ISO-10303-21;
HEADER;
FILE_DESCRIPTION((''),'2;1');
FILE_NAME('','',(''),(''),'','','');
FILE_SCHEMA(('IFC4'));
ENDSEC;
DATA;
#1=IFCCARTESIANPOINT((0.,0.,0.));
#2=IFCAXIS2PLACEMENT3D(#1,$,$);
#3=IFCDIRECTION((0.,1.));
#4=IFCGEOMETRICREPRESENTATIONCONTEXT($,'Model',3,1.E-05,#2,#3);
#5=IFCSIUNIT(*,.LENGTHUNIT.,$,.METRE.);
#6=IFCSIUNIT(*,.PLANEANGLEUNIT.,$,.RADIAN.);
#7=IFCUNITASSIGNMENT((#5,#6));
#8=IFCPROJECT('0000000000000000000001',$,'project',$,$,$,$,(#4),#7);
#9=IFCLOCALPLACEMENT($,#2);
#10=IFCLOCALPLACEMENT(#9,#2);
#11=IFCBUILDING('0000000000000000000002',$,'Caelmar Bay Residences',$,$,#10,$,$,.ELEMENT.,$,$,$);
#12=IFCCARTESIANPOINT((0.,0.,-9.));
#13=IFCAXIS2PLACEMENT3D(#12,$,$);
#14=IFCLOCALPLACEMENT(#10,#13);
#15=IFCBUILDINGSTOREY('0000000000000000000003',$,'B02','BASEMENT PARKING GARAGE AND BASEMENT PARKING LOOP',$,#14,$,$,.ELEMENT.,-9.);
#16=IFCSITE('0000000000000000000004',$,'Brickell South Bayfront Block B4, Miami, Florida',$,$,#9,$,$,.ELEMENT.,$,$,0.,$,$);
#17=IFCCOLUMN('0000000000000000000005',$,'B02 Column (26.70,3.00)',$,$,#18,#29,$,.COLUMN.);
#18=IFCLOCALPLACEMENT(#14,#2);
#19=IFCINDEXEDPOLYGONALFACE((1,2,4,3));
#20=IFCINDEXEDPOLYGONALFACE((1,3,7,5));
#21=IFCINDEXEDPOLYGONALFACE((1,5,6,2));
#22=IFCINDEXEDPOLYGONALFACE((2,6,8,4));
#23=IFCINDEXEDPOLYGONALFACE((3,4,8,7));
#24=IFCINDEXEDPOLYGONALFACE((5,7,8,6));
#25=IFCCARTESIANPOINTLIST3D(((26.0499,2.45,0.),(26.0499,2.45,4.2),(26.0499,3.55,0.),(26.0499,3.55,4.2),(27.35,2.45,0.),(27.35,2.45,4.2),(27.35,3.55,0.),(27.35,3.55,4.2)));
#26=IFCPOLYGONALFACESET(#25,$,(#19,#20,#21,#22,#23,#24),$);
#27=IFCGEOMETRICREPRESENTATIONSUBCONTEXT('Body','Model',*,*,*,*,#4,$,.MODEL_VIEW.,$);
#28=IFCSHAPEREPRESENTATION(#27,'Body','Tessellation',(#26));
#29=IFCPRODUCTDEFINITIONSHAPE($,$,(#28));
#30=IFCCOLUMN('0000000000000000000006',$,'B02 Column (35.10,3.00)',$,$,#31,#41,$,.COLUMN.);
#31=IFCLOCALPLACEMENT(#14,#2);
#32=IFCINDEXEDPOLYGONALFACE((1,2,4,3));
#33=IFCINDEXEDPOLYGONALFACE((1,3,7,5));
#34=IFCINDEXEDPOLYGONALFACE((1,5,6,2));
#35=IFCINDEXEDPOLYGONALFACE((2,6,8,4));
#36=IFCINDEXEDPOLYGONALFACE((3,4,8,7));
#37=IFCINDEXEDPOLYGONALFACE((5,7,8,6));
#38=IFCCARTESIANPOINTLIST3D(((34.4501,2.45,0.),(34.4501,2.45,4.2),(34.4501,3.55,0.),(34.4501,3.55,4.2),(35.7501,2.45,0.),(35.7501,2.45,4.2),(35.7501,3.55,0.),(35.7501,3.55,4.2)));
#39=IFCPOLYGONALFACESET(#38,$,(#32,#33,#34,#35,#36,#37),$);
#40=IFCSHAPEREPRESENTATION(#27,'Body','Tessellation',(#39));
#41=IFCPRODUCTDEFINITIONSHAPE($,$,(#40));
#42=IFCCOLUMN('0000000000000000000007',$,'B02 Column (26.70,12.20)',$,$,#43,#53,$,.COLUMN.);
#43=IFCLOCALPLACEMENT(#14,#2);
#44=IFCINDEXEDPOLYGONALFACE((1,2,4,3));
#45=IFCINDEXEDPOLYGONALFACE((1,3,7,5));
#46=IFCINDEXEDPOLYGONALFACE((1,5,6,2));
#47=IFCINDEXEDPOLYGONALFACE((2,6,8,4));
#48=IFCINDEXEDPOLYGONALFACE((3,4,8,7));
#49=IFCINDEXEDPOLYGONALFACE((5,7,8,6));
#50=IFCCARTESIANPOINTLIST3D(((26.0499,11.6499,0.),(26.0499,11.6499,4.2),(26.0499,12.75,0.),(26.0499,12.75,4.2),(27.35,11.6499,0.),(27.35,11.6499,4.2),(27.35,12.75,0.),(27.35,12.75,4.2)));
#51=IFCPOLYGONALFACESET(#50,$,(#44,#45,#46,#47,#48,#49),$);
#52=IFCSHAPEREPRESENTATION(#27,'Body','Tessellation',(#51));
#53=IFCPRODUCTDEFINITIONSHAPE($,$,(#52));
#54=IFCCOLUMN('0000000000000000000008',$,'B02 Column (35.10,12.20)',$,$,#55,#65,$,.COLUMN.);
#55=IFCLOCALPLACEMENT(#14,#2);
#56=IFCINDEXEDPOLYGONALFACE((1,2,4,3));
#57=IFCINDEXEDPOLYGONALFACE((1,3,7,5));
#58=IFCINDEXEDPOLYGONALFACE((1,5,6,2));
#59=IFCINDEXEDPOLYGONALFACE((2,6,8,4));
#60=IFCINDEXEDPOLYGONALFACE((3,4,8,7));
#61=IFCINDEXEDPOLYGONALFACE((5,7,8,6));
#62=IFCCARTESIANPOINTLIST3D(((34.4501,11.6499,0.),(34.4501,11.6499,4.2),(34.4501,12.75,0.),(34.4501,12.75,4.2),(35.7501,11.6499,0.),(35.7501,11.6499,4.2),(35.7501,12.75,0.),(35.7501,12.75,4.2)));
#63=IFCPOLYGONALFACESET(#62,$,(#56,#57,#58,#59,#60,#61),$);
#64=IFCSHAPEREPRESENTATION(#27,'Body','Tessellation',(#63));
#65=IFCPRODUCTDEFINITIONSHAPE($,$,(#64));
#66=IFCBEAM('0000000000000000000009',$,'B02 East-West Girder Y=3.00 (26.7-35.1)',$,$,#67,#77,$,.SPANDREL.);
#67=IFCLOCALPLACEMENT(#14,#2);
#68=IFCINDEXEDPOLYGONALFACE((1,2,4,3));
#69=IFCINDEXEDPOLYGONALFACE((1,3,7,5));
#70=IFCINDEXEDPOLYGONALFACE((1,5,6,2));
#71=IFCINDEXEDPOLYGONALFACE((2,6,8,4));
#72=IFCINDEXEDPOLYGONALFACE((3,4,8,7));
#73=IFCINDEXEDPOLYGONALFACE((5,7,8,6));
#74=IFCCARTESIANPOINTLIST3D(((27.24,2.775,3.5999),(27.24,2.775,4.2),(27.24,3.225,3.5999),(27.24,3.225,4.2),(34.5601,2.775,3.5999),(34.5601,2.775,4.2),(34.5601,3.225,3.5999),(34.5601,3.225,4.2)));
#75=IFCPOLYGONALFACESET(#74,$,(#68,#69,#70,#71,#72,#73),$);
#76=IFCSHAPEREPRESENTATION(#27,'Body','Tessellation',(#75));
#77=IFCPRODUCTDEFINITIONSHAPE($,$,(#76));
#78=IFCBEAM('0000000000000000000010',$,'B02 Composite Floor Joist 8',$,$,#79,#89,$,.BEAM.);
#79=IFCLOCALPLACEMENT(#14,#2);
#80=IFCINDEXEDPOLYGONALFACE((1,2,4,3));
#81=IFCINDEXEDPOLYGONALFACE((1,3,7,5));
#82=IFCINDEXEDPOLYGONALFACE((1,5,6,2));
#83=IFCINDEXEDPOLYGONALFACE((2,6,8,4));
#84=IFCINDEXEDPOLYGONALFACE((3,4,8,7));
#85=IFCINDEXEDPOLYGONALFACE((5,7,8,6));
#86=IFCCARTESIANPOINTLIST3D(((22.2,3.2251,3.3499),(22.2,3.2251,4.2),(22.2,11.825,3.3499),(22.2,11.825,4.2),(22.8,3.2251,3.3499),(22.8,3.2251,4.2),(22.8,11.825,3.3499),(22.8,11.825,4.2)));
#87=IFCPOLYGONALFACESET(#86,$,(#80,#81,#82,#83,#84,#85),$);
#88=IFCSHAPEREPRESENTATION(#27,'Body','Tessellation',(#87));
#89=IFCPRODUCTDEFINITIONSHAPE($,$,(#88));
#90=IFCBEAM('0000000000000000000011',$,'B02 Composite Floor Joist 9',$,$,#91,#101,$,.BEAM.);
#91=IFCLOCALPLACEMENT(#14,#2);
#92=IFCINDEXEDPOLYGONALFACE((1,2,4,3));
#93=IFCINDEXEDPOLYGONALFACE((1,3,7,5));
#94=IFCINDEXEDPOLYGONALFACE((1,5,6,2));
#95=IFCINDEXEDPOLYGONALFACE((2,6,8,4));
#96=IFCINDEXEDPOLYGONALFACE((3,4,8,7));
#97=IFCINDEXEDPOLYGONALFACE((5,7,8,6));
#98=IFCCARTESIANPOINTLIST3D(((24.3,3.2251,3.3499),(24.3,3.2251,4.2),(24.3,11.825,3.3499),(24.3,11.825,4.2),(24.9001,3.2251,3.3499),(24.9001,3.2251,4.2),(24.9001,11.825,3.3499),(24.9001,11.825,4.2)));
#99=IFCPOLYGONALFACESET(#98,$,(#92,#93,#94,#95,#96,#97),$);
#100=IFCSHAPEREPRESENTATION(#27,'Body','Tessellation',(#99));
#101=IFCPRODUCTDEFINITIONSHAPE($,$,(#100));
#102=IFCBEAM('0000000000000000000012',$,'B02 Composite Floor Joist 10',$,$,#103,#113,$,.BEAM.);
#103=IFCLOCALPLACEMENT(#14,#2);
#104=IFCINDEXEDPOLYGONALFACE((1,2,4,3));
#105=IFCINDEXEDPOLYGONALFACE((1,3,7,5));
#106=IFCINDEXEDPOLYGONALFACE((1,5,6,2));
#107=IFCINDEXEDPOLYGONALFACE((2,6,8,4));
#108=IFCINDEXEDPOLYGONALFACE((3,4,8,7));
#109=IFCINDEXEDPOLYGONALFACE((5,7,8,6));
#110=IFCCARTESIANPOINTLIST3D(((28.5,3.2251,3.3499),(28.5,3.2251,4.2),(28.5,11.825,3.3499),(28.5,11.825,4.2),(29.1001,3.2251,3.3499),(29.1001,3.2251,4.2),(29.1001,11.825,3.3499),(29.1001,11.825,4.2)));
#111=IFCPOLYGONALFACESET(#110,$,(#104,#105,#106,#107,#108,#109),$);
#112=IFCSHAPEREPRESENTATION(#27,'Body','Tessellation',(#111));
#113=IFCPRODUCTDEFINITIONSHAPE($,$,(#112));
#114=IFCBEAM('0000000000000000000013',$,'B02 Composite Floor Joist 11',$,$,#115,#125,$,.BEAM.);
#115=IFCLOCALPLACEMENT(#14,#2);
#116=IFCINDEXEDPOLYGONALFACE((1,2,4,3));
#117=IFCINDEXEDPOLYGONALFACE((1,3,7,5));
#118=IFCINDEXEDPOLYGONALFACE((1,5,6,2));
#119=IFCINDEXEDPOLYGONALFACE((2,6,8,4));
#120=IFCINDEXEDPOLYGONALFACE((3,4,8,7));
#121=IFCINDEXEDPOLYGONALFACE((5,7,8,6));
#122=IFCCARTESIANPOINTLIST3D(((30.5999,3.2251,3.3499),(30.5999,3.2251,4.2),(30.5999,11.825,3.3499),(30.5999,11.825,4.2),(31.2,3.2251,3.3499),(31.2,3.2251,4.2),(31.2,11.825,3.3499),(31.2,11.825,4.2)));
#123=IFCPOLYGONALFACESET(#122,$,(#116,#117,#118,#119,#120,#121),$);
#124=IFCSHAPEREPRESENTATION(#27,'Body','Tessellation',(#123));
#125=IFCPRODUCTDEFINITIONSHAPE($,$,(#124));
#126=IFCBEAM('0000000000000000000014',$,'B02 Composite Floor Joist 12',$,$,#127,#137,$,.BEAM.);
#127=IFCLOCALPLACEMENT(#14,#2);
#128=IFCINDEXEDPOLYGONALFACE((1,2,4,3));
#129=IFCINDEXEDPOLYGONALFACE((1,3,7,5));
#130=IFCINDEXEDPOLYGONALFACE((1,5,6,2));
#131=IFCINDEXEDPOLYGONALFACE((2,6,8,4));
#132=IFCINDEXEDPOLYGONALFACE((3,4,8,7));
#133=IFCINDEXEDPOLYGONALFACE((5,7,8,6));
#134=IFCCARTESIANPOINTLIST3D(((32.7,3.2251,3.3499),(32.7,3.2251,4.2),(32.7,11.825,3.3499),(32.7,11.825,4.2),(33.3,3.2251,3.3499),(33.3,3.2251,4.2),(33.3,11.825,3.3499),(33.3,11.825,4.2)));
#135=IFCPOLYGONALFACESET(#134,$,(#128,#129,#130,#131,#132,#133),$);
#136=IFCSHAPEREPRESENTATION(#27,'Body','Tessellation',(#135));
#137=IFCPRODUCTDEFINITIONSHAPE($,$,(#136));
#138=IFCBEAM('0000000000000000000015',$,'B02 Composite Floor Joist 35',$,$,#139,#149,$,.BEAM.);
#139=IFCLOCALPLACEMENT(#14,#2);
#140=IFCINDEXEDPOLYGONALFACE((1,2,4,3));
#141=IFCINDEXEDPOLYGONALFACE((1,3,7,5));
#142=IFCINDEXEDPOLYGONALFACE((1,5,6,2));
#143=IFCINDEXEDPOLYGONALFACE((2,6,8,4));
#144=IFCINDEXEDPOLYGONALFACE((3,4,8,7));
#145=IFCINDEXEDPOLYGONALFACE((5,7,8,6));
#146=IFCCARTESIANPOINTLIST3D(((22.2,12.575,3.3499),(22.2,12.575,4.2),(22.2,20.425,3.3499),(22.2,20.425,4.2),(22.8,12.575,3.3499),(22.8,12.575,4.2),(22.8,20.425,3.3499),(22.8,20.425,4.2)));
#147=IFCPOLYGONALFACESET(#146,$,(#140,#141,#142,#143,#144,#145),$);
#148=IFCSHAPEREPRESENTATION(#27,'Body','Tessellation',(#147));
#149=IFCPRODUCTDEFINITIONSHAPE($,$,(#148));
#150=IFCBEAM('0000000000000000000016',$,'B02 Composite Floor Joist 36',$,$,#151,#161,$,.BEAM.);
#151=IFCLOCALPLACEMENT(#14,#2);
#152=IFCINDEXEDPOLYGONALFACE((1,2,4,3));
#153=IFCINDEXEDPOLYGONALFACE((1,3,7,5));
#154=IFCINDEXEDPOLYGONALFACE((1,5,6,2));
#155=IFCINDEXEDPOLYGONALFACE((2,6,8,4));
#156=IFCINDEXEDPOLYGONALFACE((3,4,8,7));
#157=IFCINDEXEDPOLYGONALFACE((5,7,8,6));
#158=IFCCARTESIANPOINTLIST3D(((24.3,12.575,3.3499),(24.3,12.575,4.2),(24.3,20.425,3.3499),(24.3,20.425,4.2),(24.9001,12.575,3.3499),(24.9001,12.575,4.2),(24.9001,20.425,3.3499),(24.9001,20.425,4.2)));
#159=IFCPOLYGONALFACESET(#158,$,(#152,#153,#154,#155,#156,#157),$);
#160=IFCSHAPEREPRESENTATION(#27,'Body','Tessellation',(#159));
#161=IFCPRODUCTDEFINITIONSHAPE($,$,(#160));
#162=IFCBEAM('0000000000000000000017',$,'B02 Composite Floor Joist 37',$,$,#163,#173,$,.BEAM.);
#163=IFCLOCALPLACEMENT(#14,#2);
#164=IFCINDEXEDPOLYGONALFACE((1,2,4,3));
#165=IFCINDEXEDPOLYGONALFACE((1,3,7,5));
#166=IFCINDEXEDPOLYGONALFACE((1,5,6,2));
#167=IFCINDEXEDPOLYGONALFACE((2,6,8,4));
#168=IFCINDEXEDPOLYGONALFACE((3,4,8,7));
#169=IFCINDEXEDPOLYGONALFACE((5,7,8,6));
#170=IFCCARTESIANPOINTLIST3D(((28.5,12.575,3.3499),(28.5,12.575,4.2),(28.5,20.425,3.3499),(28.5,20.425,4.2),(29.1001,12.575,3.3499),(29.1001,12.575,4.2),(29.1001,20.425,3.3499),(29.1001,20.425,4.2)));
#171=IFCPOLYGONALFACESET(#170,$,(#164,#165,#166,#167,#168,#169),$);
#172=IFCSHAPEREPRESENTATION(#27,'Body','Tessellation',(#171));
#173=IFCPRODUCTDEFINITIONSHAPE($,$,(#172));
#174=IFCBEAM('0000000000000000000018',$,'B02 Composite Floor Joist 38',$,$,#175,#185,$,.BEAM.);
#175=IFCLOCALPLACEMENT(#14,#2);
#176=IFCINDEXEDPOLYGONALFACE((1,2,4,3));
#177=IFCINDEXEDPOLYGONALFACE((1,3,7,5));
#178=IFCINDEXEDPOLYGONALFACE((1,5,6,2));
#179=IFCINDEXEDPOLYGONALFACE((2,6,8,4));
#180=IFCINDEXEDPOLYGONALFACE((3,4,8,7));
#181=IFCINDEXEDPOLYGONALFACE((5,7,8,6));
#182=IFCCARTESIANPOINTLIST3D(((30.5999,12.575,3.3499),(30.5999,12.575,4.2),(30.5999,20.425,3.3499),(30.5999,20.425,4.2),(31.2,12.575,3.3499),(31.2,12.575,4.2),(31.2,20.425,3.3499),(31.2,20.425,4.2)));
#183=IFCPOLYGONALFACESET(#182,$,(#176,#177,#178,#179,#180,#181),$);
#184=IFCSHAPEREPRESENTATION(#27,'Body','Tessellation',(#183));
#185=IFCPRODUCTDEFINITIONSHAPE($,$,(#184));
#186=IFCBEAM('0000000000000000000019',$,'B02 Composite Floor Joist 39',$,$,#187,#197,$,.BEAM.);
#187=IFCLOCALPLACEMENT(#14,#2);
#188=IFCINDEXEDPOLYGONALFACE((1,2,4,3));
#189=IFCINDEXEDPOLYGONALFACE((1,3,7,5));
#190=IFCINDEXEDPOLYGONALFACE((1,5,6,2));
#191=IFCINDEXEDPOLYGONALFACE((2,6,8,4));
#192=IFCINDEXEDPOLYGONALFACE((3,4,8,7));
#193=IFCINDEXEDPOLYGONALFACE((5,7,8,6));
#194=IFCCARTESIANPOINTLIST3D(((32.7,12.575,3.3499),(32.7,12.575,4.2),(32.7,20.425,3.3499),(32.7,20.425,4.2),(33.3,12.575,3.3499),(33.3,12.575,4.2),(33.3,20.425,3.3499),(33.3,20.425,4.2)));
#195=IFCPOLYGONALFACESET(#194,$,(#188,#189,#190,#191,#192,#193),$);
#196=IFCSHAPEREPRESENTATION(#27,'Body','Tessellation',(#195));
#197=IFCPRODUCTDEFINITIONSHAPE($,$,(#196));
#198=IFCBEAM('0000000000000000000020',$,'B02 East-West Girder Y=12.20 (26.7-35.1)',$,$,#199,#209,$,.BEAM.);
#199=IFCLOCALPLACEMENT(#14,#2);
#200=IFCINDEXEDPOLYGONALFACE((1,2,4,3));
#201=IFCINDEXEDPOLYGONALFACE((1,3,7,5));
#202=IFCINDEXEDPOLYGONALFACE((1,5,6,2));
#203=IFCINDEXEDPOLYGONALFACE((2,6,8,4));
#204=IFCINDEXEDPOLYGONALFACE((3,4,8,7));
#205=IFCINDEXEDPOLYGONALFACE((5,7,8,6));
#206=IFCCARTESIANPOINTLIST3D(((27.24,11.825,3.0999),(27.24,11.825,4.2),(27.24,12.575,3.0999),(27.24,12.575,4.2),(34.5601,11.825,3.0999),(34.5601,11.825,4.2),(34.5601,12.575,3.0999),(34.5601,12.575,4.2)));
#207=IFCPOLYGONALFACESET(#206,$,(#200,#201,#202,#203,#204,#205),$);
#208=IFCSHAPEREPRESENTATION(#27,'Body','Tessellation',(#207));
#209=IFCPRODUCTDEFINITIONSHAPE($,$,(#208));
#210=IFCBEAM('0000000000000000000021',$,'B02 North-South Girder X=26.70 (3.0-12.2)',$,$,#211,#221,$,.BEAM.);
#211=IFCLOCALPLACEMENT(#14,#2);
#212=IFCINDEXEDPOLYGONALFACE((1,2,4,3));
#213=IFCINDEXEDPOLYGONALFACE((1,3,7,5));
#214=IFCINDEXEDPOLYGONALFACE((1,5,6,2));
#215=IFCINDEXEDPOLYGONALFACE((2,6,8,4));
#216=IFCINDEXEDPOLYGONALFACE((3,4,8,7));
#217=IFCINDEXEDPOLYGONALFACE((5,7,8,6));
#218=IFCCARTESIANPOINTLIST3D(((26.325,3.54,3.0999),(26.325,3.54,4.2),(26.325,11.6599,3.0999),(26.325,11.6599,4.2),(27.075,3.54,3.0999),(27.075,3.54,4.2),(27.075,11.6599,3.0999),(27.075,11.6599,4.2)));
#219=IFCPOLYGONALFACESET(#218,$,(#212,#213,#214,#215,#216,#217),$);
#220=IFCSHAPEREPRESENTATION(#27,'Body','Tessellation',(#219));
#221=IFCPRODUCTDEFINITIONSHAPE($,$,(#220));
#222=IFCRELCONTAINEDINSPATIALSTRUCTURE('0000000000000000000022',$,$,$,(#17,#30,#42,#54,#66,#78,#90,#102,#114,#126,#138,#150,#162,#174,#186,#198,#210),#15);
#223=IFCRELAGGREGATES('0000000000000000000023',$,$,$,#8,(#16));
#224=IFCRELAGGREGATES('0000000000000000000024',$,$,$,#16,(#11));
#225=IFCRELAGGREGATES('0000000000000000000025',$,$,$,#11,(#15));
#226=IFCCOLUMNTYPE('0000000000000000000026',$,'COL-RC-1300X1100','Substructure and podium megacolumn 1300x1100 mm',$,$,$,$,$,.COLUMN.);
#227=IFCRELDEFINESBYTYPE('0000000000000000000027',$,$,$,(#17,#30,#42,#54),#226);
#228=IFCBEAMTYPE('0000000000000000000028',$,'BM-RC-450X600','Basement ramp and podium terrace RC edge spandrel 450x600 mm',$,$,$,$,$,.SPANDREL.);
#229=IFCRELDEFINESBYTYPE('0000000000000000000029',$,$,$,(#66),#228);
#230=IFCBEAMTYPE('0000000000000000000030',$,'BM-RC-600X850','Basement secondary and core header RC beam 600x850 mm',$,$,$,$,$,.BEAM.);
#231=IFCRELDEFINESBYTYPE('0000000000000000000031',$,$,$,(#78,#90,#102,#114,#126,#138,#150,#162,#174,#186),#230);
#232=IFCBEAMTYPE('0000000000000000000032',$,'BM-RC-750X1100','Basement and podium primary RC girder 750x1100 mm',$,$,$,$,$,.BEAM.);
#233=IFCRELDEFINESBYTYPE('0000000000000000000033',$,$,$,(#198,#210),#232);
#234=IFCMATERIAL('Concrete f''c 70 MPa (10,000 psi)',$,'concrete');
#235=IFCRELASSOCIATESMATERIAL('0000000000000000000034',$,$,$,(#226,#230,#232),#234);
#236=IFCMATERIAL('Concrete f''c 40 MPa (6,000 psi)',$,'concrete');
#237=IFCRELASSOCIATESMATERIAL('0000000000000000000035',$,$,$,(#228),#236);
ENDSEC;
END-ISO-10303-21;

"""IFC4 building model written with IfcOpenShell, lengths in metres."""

from ifc_helpers import new_model, si_unit, direction, frame, origin, origin_2d, place, context, subcontext, project, spatial, rectangle, extrude, material, material_profile, profile_set, type_object, element, save


model = new_model("IFC4")

# Units and contexts
model_context = context("Model", 3, precision=1e-05, world=origin(), true_north=direction((0.0, 1.0)))
body_context = subcontext(model_context, "Body", "Model", "MODEL_VIEW")
ifc_project = project(units=[si_unit("LENGTHUNIT", "METRE"), si_unit("PLANEANGLEUNIT", "RADIAN")], contexts=[model_context])

# Site, building, storey
site_placement = place(None, origin())
site = spatial("IfcSite", under=ifc_project, at=site_placement, Name="Brickell South Bayfront Block B4, Miami, Florida", CompositionType="ELEMENT", RefElevation=0.0)
building_placement = place(site_placement, origin())
building = spatial("IfcBuilding", under=site, at=building_placement, Name="Caelmar Bay Residences", CompositionType="ELEMENT")
storey_placement = place(building_placement, frame((0.0, 0.0, -9.0)))
storey = spatial("IfcBuildingStorey", under=building, at=storey_placement, Name="B02", Description="BASEMENT PARKING GARAGE AND BASEMENT PARKING LOOP", CompositionType="ELEMENT", Elevation=-9.0)

# Columns
ifc_material_1 = material(Name="Concrete f'c 70 MPa (10,000 psi)", Category="concrete")
ifc_material_profile_1 = material_profile(ifc_material_1, rectangle(XDim=1.3, YDim=1.1001, at=origin_2d()), Name="RC-COL-1300X1100")
ifc_profile_set_1 = profile_set([ifc_material_profile_1], Name="Concrete f'c 70 MPa (10,000 psi)")
column_type = type_object("IfcColumnType", Name="COL-RC-1300X1100", Description="Substructure and podium megacolumn 1300x1100 mm", PredefinedType="COLUMN", material=ifc_profile_set_1)
for number, where, z_axis, x_axis, name in (
    (1, (26.7, 3.0, 0.0), (0.0, 0.0, 1.0), (1.0, 0.0, 0.0), "B02 Column (26.70,3.00)"),
    (2, (35.1001, 3.0, 0.0), (0.0, 0.0, 1.0), (1.0, 0.0, 0.0), "B02 Column (35.10,3.00)"),
    (3, (26.7, 12.2, 0.0), (0.0, 0.0, 1.0), (1.0, 0.0, 0.0), "B02 Column (26.70,12.20)"),
    (4, (35.1001, 12.2, 0.0), (0.0, 0.0, 1.0), (1.0, 0.0, 0.0), "B02 Column (35.10,12.20)"),
):
    element("IfcColumn", number, at=place(storey_placement, frame(where, z_axis=z_axis, x_axis=x_axis)), inside=storey, type_object=column_type, Name=name, PredefinedType="COLUMN", context=body_context, shape_type="SweptSolid", body=[
        extrude(rectangle(XDim=1.3, YDim=1.1001, at=origin_2d()), origin(), (0.0, 0.0, 1.0), 4.2),
    ])

# Beams
ifc_material_2 = material(Name="Concrete f'c 40 MPa (6,000 psi)", Category="concrete")
ifc_material_profile_2 = material_profile(ifc_material_2, rectangle(XDim=0.45, YDim=0.6001, at=origin_2d()), Name="RC-BM-450X600")
ifc_profile_set_2 = profile_set([ifc_material_profile_2], Name="Concrete f'c 40 MPa (6,000 psi)")
beam_type_1 = type_object("IfcBeamType", Name="BM-RC-450X600", Description="Basement ramp and podium terrace RC edge spandrel 450x600 mm", PredefinedType="SPANDREL", material=ifc_profile_set_2)
beam_1_placement = place(storey_placement, frame((27.24, 3.0, 3.8999), z_axis=(1.0, 0.0, 0.0), x_axis=(0.0, 1.0, 0.0)))
element("IfcBeam", 5, at=beam_1_placement, inside=storey, type_object=beam_type_1, Name="B02 East-West Girder Y=3.00 (26.7-35.1)", PredefinedType="SPANDREL", context=body_context, shape_type="SweptSolid", body=[
    extrude(rectangle(XDim=0.45, YDim=0.6001, at=origin_2d()), origin(), (0.0, 0.0, 1.0), 7.3201),
])
ifc_material_profile_3 = material_profile(ifc_material_1, rectangle(XDim=0.6001, YDim=0.8501, at=origin_2d()), Name="RC-BM-600X850")
ifc_profile_set_3 = profile_set([ifc_material_profile_3], Name="Concrete f'c 70 MPa (10,000 psi)")
beam_type_2 = type_object("IfcBeamType", Name="BM-RC-600X850", Description="Basement secondary and core header RC beam 600x850 mm", PredefinedType="BEAM", material=ifc_profile_set_3)
for number, where, z_axis, x_axis, name in (
    (6, (22.5, 3.2251, 3.7749), (0.0, 1.0, 0.0), (-1.0, 0.0, 0.0), "B02 Composite Floor Joist 8"),
    (7, (24.6001, 3.2251, 3.7749), (0.0, 1.0, 0.0), (-1.0, 0.0, 0.0), "B02 Composite Floor Joist 9"),
    (8, (28.8, 3.2251, 3.7749), (0.0, 1.0, 0.0), (-1.0, 0.0, 0.0), "B02 Composite Floor Joist 10"),
    (9, (30.8999, 3.2251, 3.7749), (0.0, 1.0, 0.0), (-1.0, 0.0, 0.0), "B02 Composite Floor Joist 11"),
    (10, (33.0, 3.2251, 3.7749), (0.0, 1.0, 0.0), (-1.0, 0.0, 0.0), "B02 Composite Floor Joist 12"),
):
    element("IfcBeam", number, at=place(storey_placement, frame(where, z_axis=z_axis, x_axis=x_axis)), inside=storey, type_object=beam_type_2, Name=name, PredefinedType="BEAM", context=body_context, shape_type="SweptSolid", body=[
        extrude(rectangle(XDim=0.6001, YDim=0.8501, at=origin_2d()), origin(), (0.0, 0.0, 1.0), 8.5999),
    ])
for number, where, z_axis, x_axis, name in (
    (11, (22.5, 12.575, 3.7749), (0.0, 1.0, 0.0), (-1.0, 0.0, 0.0), "B02 Composite Floor Joist 35"),
    (12, (24.6001, 12.575, 3.7749), (0.0, 1.0, 0.0), (-1.0, 0.0, 0.0), "B02 Composite Floor Joist 36"),
    (13, (28.8, 12.575, 3.7749), (0.0, 1.0, 0.0), (-1.0, 0.0, 0.0), "B02 Composite Floor Joist 37"),
    (14, (30.8999, 12.575, 3.7749), (0.0, 1.0, 0.0), (-1.0, 0.0, 0.0), "B02 Composite Floor Joist 38"),
    (15, (33.0, 12.575, 3.7749), (0.0, 1.0, 0.0), (-1.0, 0.0, 0.0), "B02 Composite Floor Joist 39"),
):
    element("IfcBeam", number, at=place(storey_placement, frame(where, z_axis=z_axis, x_axis=x_axis)), inside=storey, type_object=beam_type_2, Name=name, PredefinedType="BEAM", context=body_context, shape_type="SweptSolid", body=[
        extrude(rectangle(XDim=0.6001, YDim=0.8501, at=origin_2d()), origin(), (0.0, 0.0, 1.0), 7.8501),
    ])
ifc_material_profile_4 = material_profile(ifc_material_1, rectangle(XDim=0.75, YDim=1.1001, at=origin_2d()), Name="RC-BM-750X1100")
ifc_profile_set_4 = profile_set([ifc_material_profile_4], Name="Concrete f'c 70 MPa (10,000 psi)")
beam_type_3 = type_object("IfcBeamType", Name="BM-RC-750X1100", Description="Basement and podium primary RC girder 750x1100 mm", PredefinedType="BEAM", material=ifc_profile_set_4)
beam_2_placement = place(storey_placement, frame((27.24, 12.2, 3.6499), z_axis=(1.0, 0.0, 0.0), x_axis=(0.0, 1.0, 0.0)))
element("IfcBeam", 16, at=beam_2_placement, inside=storey, type_object=beam_type_3, Name="B02 East-West Girder Y=12.20 (26.7-35.1)", PredefinedType="BEAM", context=body_context, shape_type="SweptSolid", body=[
    extrude(rectangle(XDim=0.75, YDim=1.1001, at=origin_2d()), origin(), (0.0, 0.0, 1.0), 7.3201),
])
beam_3_placement = place(storey_placement, frame((26.7, 3.54, 3.6499), z_axis=(0.0, 1.0, 0.0), x_axis=(-1.0, 0.0, 0.0)))
element("IfcBeam", 17, at=beam_3_placement, inside=storey, type_object=beam_type_3, Name="B02 North-South Girder X=26.70 (3.0-12.2)", PredefinedType="BEAM", context=body_context, shape_type="SweptSolid", body=[
    extrude(rectangle(XDim=0.75, YDim=1.1001, at=origin_2d()), origin(), (0.0, 0.0, 1.0), 8.1199),
])

save(model, "model.ifc")
